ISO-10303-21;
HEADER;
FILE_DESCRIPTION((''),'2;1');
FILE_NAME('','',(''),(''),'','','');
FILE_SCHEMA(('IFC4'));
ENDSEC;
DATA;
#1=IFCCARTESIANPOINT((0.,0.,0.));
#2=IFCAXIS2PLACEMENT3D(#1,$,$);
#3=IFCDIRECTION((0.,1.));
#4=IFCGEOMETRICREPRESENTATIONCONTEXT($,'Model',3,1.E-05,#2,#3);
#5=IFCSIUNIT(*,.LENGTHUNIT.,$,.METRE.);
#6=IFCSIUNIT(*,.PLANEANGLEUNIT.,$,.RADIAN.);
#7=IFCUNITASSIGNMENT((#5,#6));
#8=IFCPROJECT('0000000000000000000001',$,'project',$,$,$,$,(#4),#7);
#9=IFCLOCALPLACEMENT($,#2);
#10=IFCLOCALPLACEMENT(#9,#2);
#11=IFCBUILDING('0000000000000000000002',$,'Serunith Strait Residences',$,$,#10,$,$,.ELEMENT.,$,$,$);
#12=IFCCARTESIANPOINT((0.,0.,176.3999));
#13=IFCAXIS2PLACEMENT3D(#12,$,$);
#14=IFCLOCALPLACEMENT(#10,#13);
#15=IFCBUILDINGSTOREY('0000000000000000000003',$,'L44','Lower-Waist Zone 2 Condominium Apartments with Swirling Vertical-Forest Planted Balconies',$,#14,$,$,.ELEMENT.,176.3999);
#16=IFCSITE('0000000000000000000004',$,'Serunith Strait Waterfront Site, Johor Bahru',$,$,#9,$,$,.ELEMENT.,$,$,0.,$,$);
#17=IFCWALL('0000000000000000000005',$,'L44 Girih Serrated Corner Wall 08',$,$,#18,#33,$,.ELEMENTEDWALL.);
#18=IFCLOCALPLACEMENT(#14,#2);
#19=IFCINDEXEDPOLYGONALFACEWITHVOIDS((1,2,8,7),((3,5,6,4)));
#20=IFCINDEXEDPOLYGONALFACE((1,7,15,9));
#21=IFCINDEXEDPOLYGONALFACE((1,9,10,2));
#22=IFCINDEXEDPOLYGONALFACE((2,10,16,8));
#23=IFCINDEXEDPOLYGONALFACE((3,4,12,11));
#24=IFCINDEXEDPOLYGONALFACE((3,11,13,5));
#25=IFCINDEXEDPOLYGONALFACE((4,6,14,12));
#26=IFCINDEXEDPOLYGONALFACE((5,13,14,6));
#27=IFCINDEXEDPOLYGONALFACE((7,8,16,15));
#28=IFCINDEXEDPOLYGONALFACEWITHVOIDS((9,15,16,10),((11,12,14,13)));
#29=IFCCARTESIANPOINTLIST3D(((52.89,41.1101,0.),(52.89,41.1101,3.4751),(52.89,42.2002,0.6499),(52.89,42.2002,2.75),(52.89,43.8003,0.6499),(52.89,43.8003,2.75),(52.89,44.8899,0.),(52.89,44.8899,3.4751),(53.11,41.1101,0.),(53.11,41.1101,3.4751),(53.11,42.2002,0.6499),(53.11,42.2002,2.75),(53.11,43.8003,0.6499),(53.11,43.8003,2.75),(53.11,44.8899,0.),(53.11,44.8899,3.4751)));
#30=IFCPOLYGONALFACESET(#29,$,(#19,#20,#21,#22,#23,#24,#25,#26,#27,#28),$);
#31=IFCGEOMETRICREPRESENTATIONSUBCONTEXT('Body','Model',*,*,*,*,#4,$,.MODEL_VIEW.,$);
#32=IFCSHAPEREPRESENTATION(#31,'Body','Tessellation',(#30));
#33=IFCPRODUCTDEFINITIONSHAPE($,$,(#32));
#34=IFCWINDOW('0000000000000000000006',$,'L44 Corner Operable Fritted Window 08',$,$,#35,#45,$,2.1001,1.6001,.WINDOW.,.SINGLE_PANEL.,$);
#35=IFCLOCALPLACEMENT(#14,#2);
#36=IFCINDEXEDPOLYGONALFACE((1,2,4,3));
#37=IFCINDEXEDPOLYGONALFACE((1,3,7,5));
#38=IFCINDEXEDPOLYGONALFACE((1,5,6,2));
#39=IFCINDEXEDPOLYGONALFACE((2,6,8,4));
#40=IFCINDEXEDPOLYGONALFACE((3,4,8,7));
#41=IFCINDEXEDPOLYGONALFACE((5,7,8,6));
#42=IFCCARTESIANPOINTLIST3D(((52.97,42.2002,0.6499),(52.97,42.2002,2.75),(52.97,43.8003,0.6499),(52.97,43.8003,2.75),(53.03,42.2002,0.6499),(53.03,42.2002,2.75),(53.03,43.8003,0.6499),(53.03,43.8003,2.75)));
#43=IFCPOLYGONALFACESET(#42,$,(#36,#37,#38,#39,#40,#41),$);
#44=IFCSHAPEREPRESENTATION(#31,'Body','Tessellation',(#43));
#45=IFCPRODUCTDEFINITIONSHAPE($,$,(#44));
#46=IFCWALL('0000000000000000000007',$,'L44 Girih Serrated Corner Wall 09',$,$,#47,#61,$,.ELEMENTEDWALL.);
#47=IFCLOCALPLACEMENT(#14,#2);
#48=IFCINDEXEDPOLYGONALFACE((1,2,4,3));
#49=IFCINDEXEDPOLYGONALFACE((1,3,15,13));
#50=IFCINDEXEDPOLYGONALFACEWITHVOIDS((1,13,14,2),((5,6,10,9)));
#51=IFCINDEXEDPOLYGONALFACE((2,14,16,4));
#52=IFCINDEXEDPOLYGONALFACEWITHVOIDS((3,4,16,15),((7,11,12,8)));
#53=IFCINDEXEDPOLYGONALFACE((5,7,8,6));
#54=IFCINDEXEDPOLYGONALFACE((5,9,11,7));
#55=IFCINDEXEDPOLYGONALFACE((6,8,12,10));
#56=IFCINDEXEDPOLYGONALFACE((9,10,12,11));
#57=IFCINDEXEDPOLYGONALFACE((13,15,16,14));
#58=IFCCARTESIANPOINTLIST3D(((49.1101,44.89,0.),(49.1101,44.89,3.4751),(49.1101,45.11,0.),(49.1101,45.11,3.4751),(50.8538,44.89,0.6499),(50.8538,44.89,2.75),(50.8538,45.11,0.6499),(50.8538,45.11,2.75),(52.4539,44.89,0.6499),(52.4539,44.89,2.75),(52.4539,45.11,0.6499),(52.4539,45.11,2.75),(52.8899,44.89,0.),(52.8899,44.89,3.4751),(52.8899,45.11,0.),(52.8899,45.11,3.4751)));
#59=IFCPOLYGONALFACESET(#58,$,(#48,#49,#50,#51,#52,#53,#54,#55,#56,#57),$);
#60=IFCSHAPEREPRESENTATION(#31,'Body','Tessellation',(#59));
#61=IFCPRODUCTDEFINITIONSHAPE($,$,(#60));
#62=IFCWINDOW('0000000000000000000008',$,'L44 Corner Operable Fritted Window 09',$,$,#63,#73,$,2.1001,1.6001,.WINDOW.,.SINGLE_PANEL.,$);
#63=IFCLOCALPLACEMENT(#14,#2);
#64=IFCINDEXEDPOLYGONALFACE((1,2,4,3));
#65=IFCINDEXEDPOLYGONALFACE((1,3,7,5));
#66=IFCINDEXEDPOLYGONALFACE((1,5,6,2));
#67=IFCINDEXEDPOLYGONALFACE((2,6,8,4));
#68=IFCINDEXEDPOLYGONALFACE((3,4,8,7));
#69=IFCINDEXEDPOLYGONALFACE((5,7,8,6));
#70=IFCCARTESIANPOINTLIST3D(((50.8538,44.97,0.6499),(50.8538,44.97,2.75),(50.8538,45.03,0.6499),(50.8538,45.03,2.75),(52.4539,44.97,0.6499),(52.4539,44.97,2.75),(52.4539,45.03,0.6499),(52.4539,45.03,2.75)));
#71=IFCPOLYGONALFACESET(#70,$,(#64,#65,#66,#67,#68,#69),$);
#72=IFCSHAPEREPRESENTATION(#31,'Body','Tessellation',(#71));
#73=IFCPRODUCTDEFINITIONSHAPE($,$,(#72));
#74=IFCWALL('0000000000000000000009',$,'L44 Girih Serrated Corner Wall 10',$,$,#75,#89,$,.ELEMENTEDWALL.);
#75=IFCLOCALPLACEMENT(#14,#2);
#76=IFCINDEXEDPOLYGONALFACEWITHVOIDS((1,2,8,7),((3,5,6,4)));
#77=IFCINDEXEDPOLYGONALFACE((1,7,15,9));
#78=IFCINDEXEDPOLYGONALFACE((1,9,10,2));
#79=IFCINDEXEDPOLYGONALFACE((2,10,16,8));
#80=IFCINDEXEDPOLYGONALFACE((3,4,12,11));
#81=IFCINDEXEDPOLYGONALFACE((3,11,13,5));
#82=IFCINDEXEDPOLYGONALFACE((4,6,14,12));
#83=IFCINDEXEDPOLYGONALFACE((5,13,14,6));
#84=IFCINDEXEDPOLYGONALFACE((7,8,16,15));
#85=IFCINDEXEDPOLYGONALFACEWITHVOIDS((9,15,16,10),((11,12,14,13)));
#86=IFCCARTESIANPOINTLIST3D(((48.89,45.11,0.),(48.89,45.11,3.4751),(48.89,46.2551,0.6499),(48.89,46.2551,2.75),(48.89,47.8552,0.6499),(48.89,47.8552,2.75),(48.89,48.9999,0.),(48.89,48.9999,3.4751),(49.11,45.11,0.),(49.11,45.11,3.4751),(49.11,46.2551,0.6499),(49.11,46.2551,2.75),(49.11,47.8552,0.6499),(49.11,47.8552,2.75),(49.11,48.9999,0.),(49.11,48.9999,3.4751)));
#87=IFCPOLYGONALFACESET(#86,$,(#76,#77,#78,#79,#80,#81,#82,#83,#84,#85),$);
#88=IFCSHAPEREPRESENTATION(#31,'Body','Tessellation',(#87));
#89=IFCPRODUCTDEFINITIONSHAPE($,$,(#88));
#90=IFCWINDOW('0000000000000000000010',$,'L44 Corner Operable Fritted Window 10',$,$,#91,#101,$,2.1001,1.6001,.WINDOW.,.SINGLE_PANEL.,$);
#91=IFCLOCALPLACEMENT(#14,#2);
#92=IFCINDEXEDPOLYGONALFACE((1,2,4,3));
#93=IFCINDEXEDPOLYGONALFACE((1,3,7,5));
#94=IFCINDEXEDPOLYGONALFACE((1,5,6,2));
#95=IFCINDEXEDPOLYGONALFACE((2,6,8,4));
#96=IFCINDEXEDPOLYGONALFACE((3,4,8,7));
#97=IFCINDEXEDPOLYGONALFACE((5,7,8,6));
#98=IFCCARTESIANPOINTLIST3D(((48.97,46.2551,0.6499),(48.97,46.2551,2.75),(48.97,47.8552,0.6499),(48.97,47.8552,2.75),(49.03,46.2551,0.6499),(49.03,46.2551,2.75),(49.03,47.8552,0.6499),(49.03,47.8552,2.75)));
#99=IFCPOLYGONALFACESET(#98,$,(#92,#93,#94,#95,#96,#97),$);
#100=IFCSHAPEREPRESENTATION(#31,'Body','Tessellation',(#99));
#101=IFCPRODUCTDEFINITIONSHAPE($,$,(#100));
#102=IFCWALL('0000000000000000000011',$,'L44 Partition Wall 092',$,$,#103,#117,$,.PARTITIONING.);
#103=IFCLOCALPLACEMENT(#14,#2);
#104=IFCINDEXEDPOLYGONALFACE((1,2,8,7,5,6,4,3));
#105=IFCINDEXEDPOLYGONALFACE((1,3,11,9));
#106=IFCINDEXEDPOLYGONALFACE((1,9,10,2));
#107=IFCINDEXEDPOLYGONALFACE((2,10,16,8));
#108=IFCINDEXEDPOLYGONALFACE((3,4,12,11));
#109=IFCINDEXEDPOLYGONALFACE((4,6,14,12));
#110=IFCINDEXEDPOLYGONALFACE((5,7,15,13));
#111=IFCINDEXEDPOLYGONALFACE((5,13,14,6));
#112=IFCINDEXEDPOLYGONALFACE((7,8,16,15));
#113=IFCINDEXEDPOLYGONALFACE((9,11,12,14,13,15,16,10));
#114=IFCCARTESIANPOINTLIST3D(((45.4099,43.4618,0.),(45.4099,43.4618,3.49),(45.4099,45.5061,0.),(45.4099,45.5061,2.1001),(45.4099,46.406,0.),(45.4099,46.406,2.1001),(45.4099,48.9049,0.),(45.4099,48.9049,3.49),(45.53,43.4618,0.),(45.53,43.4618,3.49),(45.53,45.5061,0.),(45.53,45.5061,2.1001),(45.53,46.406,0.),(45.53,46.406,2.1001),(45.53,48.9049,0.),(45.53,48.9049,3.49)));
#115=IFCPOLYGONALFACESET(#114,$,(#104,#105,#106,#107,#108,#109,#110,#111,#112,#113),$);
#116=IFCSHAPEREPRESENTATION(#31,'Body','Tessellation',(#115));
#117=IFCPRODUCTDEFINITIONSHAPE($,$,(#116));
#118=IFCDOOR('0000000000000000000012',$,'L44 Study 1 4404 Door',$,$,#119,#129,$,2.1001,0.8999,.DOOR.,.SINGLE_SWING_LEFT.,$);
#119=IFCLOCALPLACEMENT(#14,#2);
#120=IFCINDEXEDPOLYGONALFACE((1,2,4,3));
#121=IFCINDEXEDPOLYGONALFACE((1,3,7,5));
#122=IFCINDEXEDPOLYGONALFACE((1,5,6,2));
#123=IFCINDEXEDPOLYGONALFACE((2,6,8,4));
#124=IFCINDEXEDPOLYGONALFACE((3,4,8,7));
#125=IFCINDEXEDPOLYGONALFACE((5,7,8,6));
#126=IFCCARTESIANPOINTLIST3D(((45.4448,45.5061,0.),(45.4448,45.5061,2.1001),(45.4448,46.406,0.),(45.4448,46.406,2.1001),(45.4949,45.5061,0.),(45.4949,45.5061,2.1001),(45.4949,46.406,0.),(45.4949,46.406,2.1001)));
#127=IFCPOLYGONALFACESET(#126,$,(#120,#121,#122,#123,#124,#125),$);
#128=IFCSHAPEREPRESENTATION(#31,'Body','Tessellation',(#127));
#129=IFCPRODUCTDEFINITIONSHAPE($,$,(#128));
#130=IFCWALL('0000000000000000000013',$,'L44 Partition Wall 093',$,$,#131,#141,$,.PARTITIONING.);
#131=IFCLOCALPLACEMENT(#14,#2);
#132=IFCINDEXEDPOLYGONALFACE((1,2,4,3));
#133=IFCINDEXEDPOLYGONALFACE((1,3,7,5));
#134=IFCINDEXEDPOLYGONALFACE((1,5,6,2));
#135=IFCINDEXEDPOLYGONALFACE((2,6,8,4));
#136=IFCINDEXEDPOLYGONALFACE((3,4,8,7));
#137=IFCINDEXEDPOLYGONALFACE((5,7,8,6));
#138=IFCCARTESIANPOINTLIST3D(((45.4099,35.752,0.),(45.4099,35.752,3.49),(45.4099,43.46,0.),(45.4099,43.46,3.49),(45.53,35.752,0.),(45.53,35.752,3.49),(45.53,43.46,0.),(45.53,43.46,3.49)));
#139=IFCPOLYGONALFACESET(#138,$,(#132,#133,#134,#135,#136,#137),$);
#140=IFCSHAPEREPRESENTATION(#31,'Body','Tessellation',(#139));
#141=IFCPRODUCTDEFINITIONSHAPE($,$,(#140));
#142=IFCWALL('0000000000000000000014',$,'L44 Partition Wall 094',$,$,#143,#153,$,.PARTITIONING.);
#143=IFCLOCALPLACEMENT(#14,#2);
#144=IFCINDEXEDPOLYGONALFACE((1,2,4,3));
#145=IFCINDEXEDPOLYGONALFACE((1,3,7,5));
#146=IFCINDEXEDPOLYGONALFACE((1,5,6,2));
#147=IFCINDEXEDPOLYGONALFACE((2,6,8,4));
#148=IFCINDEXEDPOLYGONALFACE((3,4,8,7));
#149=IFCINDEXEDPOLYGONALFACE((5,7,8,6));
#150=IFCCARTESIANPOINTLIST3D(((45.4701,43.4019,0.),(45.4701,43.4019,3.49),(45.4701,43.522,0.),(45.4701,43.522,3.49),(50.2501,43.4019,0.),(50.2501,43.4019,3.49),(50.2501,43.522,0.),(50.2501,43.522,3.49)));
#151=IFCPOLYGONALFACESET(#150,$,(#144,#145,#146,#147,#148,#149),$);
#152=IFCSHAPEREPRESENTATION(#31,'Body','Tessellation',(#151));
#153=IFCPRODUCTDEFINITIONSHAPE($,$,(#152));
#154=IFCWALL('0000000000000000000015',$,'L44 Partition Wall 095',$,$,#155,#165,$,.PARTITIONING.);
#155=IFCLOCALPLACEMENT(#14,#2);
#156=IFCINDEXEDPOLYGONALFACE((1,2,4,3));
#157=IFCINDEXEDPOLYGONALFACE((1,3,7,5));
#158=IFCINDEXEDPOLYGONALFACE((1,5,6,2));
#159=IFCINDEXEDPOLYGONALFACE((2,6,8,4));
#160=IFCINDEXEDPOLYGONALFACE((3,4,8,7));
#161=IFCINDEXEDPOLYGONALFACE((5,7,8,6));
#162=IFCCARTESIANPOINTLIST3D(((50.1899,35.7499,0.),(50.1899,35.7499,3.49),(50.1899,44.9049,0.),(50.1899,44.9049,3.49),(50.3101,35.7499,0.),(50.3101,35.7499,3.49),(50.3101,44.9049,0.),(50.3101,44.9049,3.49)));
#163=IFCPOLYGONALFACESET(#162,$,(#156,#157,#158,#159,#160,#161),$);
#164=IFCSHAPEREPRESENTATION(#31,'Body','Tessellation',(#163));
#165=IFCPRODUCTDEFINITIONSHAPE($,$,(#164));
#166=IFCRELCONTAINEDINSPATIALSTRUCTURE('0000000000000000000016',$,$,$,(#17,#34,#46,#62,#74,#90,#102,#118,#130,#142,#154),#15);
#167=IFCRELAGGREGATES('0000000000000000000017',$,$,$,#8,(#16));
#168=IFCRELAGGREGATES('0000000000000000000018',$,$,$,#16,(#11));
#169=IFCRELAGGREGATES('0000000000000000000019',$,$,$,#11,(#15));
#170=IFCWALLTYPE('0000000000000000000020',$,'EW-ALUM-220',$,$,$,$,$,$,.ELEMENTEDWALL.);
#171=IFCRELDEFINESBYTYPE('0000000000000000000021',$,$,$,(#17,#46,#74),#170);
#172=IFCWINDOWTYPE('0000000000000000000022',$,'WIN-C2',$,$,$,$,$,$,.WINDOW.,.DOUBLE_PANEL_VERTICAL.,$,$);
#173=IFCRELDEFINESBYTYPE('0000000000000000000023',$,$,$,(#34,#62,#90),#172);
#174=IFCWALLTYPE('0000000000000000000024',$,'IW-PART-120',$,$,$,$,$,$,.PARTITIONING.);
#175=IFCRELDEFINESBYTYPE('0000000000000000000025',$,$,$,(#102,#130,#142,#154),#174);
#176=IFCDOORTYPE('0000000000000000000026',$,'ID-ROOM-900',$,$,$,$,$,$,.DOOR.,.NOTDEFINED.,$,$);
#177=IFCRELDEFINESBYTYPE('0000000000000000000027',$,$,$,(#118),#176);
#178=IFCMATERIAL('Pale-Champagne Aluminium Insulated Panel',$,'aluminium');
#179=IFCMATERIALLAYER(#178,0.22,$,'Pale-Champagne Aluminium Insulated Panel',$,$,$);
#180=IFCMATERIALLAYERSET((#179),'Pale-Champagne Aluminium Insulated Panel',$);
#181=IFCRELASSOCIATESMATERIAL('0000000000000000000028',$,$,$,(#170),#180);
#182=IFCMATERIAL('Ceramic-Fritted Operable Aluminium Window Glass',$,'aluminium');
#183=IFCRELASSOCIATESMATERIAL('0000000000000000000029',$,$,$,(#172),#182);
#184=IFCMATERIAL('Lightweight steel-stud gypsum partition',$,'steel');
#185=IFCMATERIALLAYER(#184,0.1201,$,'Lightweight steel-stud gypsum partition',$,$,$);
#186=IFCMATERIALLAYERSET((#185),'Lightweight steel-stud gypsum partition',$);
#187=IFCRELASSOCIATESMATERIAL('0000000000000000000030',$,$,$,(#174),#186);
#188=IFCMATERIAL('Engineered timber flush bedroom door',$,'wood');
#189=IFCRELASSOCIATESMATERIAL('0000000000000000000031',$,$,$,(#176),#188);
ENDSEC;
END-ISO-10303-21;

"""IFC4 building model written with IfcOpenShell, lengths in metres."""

from ifc_helpers import new_model, si_unit, direction, frame, frame_2d, origin, place, context, subcontext, project, spatial, rectangle, extrude, source, transform, mapped, material, layer, layer_set, type_object, element, fill, save


model = new_model("IFC4")

# Units and contexts
model_context = context("Model", 3, precision=1e-05, world=origin(), true_north=direction((0.0, 1.0)))
body_context = subcontext(model_context, "Body", "Model", "MODEL_VIEW")
ifc_project = project(units=[si_unit("LENGTHUNIT", "METRE"), si_unit("PLANEANGLEUNIT", "RADIAN")], contexts=[model_context])

# Site, building, storey
site_placement = place(None, origin())
site = spatial("IfcSite", under=ifc_project, at=site_placement, Name="Serunith Strait Waterfront Site, Johor Bahru", CompositionType="ELEMENT", RefElevation=0.0)
building_placement = place(site_placement, origin())
building = spatial("IfcBuilding", under=site, at=building_placement, Name="Serunith Strait Residences", CompositionType="ELEMENT")
storey_placement = place(building_placement, frame((0.0, 0.0, 176.3999)))
storey = spatial("IfcBuildingStorey", under=building, at=storey_placement, Name="L44", Description="Lower-Waist Zone 2 Condominium Apartments with Swirling Vertical-Forest Planted Balconies", CompositionType="ELEMENT", Elevation=176.3999)

# Walls, openings, windows
ifc_material_1 = material(Name="Pale-Champagne Aluminium Insulated Panel", Category="aluminium")
ifc_layer_1 = layer(ifc_material_1, 0.22, Name="Pale-Champagne Aluminium Insulated Panel")
ifc_layer_set_1 = layer_set([ifc_layer_1], Name="Pale-Champagne Aluminium Insulated Panel")
wall_type_1 = type_object("IfcWallType", Name="EW-ALUM-220", PredefinedType="ELEMENTEDWALL", material=ifc_layer_set_1)
ifc_material_2 = material(Name="Ceramic-Fritted Operable Aluminium Window Glass", Category="aluminium")
window_type = type_object("IfcWindowType", Name="WIN-C2", PartitioningType="DOUBLE_PANEL_VERTICAL", PredefinedType="WINDOW", material=ifc_material_2)
shared_shape_1 = source(origin(), body_context, "Body", "SweptSolid", [
    extrude(rectangle(XDim=1.6001, YDim=2.1001, at=frame_2d((0.8, 1.05))), frame((0.0, 0.03, 0.0), z_axis=(0.0, -1.0, 0.0), x_axis=(1.0, 0.0, 0.0)), (0.0, 0.0, 1.0), 0.0601),
])
wall_1_placement = place(storey_placement, frame((53.0, 41.1101, 0.0), z_axis=(0.0, 0.0, 1.0), x_axis=(0.0, 1.0, 0.0)))
wall_1 = element("IfcWall", 1, at=wall_1_placement, inside=storey, type_object=wall_type_1, Name="L44 Girih Serrated Corner Wall 08", PredefinedType="ELEMENTEDWALL", context=body_context, shape_type="SweptSolid", body=[
    extrude(rectangle(XDim=3.7798, YDim=0.22, at=frame_2d((1.8899, 0.0))), origin(), (0.0, 0.0, 1.0), 3.4751),
])
opening_1_placement = place(wall_1_placement, frame((1.0901, 0.0, 0.6499)))
opening_1 = element("IfcOpeningElement", 2, at=opening_1_placement, cuts=wall_1, PredefinedType="OPENING", context=body_context, shape_type="SweptSolid", body=[
    extrude(rectangle(XDim=1.6001, YDim=2.1001, at=frame_2d((0.8, 1.05))), frame((0.0, 0.1201, 0.0), z_axis=(0.0, -1.0, 0.0), x_axis=(1.0, 0.0, 0.0)), (0.0, 0.0, 1.0), 0.24),
])
window_1_placement = place(opening_1_placement, origin())
window_1 = element("IfcWindow", 3, at=window_1_placement, inside=storey, type_object=window_type, Name="L44 Corner Operable Fritted Window 08", OverallHeight=2.1001, OverallWidth=1.6001, PartitioningType="SINGLE_PANEL", PredefinedType="WINDOW", context=body_context, shape_type="MappedRepresentation", body=[
    mapped(shared_shape_1, transform((0.0, 0.0, 0.0), scale=1.0)),
])
fill(opening_1, window_1)
wall_2_placement = place(storey_placement, frame((52.8899, 45.0, 0.0), z_axis=(0.0, 0.0, 1.0), x_axis=(-1.0, 0.0, 0.0)))
wall_2 = element("IfcWall", 4, at=wall_2_placement, inside=storey, type_object=wall_type_1, Name="L44 Girih Serrated Corner Wall 09", PredefinedType="ELEMENTEDWALL", context=body_context, shape_type="SweptSolid", body=[
    extrude(rectangle(XDim=3.7798, YDim=0.22, at=frame_2d((1.8899, 0.0))), origin(), (0.0, 0.0, 1.0), 3.4751),
])
opening_2_placement = place(wall_2_placement, frame((0.436, 0.0, 0.6499)))
opening_2 = element("IfcOpeningElement", 5, at=opening_2_placement, cuts=wall_2, PredefinedType="OPENING", context=body_context, shape_type="SweptSolid", body=[
    extrude(rectangle(XDim=1.6001, YDim=2.1001, at=frame_2d((0.8, 1.05))), frame((0.0, 0.1201, 0.0), z_axis=(0.0, -1.0, 0.0), x_axis=(1.0, 0.0, 0.0)), (0.0, 0.0, 1.0), 0.24),
])
window_2_placement = place(opening_2_placement, origin())
window_2 = element("IfcWindow", 6, at=window_2_placement, inside=storey, type_object=window_type, Name="L44 Corner Operable Fritted Window 09", OverallHeight=2.1001, OverallWidth=1.6001, PartitioningType="SINGLE_PANEL", PredefinedType="WINDOW", context=body_context, shape_type="MappedRepresentation", body=[
    mapped(shared_shape_1, transform((0.0, 0.0, 0.0), scale=1.0)),
])
fill(opening_2, window_2)
wall_3_placement = place(storey_placement, frame((49.0, 45.1101, 0.0), z_axis=(0.0, 0.0, 1.0), x_axis=(0.0, 1.0, 0.0)))
wall_3 = element("IfcWall", 7, at=wall_3_placement, inside=storey, type_object=wall_type_1, Name="L44 Girih Serrated Corner Wall 10", PredefinedType="ELEMENTEDWALL", context=body_context, shape_type="SweptSolid", body=[
    extrude(rectangle(XDim=3.8899, YDim=0.22, at=frame_2d((1.9448, 0.0))), origin(), (0.0, 0.0, 1.0), 3.4751),
])
opening_3_placement = place(wall_3_placement, frame((1.145, 0.0, 0.6499)))
opening_3 = element("IfcOpeningElement", 8, at=opening_3_placement, cuts=wall_3, PredefinedType="OPENING", context=body_context, shape_type="SweptSolid", body=[
    extrude(rectangle(XDim=1.6001, YDim=2.1001, at=frame_2d((0.8, 1.05))), frame((0.0, 0.1201, 0.0), z_axis=(0.0, -1.0, 0.0), x_axis=(1.0, 0.0, 0.0)), (0.0, 0.0, 1.0), 0.24),
])
window_3_placement = place(opening_3_placement, origin())
window_3 = element("IfcWindow", 9, at=window_3_placement, inside=storey, type_object=window_type, Name="L44 Corner Operable Fritted Window 10", OverallHeight=2.1001, OverallWidth=1.6001, PartitioningType="SINGLE_PANEL", PredefinedType="WINDOW", context=body_context, shape_type="MappedRepresentation", body=[
    mapped(shared_shape_1, transform((0.0, 0.0, 0.0), scale=1.0)),
])
fill(opening_3, window_3)

# Wall, opening, door
ifc_material_3 = material(Name="Lightweight steel-stud gypsum partition", Category="steel")
ifc_layer_2 = layer(ifc_material_3, 0.1201, Name="Lightweight steel-stud gypsum partition")
ifc_layer_set_2 = layer_set([ifc_layer_2], Name="Lightweight steel-stud gypsum partition")
wall_type_2 = type_object("IfcWallType", Name="IW-PART-120", PredefinedType="PARTITIONING", material=ifc_layer_set_2)
wall_4_placement = place(storey_placement, frame((45.47, 48.905, 0.0), z_axis=(0.0, 0.0, 1.0), x_axis=(0.0, -1.0, 0.0)))
wall_4 = element("IfcWall", 10, at=wall_4_placement, inside=storey, type_object=wall_type_2, Name="L44 Partition Wall 092", PredefinedType="PARTITIONING", context=body_context, shape_type="SweptSolid", body=[
    extrude(rectangle(XDim=5.4431, YDim=0.1201, at=frame_2d((2.7217, 0.0))), origin(), (0.0, 0.0, 1.0), 3.49),
])
opening_4_placement = place(wall_4_placement, frame((2.499, 0.0, 0.0)))
opening_4 = element("IfcOpeningElement", 11, at=opening_4_placement, cuts=wall_4, PredefinedType="OPENING", context=body_context, shape_type="SweptSolid", body=[
    extrude(rectangle(XDim=0.8999, YDim=2.1001, at=frame_2d((0.45, 1.05))), frame((0.0, 0.0701, 0.0), z_axis=(0.0, -1.0, 0.0), x_axis=(1.0, 0.0, 0.0)), (0.0, 0.0, 1.0), 0.1401),
])
ifc_material_4 = material(Name="Engineered timber flush bedroom door", Category="wood")
door_type = type_object("IfcDoorType", Name="ID-ROOM-900", OperationType="NOTDEFINED", PredefinedType="DOOR", material=ifc_material_4)
shared_shape_2 = source(origin(), body_context, "Body", "SweptSolid", [
    extrude(rectangle(XDim=0.8999, YDim=2.1001, at=frame_2d((0.45, 1.05))), frame((0.0, 0.0249, 0.0), z_axis=(0.0, -1.0, 0.0), x_axis=(1.0, 0.0, 0.0)), (0.0, 0.0, 1.0), 0.05),
])
door_placement = place(opening_4_placement, origin())
door = element("IfcDoor", 12, at=door_placement, inside=storey, type_object=door_type, Name="L44 Study 1 4404 Door", OperationType="SINGLE_SWING_LEFT", OverallHeight=2.1001, OverallWidth=0.8999, PredefinedType="DOOR", context=body_context, shape_type="MappedRepresentation", body=[
    mapped(shared_shape_2, transform((0.0, 0.0, 0.0), scale=1.0)),
])
fill(opening_4, door)

# Walls
wall_5_placement = place(storey_placement, frame((45.47, 43.46, 0.0), z_axis=(0.0, 0.0, 1.0), x_axis=(0.0, -1.0, 0.0)))
element("IfcWall", 13, at=wall_5_placement, inside=storey, type_object=wall_type_2, Name="L44 Partition Wall 093", PredefinedType="PARTITIONING", context=body_context, shape_type="SweptSolid", body=[
    extrude(rectangle(XDim=7.708, YDim=0.1201, at=frame_2d((3.854, 0.0))), origin(), (0.0, 0.0, 1.0), 3.49),
])
wall_6_placement = place(storey_placement, frame((45.47, 43.4619, 0.0), z_axis=(0.0, 0.0, 1.0), x_axis=(1.0, 0.0, 0.0)))
element("IfcWall", 14, at=wall_6_placement, inside=storey, type_object=wall_type_2, Name="L44 Partition Wall 094", PredefinedType="PARTITIONING", context=body_context, shape_type="SweptSolid", body=[
    extrude(rectangle(XDim=4.78, YDim=0.1201, at=frame_2d((2.3901, 0.0))), origin(), (0.0, 0.0, 1.0), 3.49),
])
wall_7_placement = place(storey_placement, frame((50.25, 44.905, 0.0), z_axis=(0.0, 0.0, 1.0), x_axis=(0.0, -1.0, 0.0)))
element("IfcWall", 15, at=wall_7_placement, inside=storey, type_object=wall_type_2, Name="L44 Partition Wall 095", PredefinedType="PARTITIONING", context=body_context, shape_type="SweptSolid", body=[
    extrude(rectangle(XDim=9.155, YDim=0.1201, at=frame_2d((4.5776, 0.0))), origin(), (0.0, 0.0, 1.0), 3.49),
])

save(model, "model.ifc")
